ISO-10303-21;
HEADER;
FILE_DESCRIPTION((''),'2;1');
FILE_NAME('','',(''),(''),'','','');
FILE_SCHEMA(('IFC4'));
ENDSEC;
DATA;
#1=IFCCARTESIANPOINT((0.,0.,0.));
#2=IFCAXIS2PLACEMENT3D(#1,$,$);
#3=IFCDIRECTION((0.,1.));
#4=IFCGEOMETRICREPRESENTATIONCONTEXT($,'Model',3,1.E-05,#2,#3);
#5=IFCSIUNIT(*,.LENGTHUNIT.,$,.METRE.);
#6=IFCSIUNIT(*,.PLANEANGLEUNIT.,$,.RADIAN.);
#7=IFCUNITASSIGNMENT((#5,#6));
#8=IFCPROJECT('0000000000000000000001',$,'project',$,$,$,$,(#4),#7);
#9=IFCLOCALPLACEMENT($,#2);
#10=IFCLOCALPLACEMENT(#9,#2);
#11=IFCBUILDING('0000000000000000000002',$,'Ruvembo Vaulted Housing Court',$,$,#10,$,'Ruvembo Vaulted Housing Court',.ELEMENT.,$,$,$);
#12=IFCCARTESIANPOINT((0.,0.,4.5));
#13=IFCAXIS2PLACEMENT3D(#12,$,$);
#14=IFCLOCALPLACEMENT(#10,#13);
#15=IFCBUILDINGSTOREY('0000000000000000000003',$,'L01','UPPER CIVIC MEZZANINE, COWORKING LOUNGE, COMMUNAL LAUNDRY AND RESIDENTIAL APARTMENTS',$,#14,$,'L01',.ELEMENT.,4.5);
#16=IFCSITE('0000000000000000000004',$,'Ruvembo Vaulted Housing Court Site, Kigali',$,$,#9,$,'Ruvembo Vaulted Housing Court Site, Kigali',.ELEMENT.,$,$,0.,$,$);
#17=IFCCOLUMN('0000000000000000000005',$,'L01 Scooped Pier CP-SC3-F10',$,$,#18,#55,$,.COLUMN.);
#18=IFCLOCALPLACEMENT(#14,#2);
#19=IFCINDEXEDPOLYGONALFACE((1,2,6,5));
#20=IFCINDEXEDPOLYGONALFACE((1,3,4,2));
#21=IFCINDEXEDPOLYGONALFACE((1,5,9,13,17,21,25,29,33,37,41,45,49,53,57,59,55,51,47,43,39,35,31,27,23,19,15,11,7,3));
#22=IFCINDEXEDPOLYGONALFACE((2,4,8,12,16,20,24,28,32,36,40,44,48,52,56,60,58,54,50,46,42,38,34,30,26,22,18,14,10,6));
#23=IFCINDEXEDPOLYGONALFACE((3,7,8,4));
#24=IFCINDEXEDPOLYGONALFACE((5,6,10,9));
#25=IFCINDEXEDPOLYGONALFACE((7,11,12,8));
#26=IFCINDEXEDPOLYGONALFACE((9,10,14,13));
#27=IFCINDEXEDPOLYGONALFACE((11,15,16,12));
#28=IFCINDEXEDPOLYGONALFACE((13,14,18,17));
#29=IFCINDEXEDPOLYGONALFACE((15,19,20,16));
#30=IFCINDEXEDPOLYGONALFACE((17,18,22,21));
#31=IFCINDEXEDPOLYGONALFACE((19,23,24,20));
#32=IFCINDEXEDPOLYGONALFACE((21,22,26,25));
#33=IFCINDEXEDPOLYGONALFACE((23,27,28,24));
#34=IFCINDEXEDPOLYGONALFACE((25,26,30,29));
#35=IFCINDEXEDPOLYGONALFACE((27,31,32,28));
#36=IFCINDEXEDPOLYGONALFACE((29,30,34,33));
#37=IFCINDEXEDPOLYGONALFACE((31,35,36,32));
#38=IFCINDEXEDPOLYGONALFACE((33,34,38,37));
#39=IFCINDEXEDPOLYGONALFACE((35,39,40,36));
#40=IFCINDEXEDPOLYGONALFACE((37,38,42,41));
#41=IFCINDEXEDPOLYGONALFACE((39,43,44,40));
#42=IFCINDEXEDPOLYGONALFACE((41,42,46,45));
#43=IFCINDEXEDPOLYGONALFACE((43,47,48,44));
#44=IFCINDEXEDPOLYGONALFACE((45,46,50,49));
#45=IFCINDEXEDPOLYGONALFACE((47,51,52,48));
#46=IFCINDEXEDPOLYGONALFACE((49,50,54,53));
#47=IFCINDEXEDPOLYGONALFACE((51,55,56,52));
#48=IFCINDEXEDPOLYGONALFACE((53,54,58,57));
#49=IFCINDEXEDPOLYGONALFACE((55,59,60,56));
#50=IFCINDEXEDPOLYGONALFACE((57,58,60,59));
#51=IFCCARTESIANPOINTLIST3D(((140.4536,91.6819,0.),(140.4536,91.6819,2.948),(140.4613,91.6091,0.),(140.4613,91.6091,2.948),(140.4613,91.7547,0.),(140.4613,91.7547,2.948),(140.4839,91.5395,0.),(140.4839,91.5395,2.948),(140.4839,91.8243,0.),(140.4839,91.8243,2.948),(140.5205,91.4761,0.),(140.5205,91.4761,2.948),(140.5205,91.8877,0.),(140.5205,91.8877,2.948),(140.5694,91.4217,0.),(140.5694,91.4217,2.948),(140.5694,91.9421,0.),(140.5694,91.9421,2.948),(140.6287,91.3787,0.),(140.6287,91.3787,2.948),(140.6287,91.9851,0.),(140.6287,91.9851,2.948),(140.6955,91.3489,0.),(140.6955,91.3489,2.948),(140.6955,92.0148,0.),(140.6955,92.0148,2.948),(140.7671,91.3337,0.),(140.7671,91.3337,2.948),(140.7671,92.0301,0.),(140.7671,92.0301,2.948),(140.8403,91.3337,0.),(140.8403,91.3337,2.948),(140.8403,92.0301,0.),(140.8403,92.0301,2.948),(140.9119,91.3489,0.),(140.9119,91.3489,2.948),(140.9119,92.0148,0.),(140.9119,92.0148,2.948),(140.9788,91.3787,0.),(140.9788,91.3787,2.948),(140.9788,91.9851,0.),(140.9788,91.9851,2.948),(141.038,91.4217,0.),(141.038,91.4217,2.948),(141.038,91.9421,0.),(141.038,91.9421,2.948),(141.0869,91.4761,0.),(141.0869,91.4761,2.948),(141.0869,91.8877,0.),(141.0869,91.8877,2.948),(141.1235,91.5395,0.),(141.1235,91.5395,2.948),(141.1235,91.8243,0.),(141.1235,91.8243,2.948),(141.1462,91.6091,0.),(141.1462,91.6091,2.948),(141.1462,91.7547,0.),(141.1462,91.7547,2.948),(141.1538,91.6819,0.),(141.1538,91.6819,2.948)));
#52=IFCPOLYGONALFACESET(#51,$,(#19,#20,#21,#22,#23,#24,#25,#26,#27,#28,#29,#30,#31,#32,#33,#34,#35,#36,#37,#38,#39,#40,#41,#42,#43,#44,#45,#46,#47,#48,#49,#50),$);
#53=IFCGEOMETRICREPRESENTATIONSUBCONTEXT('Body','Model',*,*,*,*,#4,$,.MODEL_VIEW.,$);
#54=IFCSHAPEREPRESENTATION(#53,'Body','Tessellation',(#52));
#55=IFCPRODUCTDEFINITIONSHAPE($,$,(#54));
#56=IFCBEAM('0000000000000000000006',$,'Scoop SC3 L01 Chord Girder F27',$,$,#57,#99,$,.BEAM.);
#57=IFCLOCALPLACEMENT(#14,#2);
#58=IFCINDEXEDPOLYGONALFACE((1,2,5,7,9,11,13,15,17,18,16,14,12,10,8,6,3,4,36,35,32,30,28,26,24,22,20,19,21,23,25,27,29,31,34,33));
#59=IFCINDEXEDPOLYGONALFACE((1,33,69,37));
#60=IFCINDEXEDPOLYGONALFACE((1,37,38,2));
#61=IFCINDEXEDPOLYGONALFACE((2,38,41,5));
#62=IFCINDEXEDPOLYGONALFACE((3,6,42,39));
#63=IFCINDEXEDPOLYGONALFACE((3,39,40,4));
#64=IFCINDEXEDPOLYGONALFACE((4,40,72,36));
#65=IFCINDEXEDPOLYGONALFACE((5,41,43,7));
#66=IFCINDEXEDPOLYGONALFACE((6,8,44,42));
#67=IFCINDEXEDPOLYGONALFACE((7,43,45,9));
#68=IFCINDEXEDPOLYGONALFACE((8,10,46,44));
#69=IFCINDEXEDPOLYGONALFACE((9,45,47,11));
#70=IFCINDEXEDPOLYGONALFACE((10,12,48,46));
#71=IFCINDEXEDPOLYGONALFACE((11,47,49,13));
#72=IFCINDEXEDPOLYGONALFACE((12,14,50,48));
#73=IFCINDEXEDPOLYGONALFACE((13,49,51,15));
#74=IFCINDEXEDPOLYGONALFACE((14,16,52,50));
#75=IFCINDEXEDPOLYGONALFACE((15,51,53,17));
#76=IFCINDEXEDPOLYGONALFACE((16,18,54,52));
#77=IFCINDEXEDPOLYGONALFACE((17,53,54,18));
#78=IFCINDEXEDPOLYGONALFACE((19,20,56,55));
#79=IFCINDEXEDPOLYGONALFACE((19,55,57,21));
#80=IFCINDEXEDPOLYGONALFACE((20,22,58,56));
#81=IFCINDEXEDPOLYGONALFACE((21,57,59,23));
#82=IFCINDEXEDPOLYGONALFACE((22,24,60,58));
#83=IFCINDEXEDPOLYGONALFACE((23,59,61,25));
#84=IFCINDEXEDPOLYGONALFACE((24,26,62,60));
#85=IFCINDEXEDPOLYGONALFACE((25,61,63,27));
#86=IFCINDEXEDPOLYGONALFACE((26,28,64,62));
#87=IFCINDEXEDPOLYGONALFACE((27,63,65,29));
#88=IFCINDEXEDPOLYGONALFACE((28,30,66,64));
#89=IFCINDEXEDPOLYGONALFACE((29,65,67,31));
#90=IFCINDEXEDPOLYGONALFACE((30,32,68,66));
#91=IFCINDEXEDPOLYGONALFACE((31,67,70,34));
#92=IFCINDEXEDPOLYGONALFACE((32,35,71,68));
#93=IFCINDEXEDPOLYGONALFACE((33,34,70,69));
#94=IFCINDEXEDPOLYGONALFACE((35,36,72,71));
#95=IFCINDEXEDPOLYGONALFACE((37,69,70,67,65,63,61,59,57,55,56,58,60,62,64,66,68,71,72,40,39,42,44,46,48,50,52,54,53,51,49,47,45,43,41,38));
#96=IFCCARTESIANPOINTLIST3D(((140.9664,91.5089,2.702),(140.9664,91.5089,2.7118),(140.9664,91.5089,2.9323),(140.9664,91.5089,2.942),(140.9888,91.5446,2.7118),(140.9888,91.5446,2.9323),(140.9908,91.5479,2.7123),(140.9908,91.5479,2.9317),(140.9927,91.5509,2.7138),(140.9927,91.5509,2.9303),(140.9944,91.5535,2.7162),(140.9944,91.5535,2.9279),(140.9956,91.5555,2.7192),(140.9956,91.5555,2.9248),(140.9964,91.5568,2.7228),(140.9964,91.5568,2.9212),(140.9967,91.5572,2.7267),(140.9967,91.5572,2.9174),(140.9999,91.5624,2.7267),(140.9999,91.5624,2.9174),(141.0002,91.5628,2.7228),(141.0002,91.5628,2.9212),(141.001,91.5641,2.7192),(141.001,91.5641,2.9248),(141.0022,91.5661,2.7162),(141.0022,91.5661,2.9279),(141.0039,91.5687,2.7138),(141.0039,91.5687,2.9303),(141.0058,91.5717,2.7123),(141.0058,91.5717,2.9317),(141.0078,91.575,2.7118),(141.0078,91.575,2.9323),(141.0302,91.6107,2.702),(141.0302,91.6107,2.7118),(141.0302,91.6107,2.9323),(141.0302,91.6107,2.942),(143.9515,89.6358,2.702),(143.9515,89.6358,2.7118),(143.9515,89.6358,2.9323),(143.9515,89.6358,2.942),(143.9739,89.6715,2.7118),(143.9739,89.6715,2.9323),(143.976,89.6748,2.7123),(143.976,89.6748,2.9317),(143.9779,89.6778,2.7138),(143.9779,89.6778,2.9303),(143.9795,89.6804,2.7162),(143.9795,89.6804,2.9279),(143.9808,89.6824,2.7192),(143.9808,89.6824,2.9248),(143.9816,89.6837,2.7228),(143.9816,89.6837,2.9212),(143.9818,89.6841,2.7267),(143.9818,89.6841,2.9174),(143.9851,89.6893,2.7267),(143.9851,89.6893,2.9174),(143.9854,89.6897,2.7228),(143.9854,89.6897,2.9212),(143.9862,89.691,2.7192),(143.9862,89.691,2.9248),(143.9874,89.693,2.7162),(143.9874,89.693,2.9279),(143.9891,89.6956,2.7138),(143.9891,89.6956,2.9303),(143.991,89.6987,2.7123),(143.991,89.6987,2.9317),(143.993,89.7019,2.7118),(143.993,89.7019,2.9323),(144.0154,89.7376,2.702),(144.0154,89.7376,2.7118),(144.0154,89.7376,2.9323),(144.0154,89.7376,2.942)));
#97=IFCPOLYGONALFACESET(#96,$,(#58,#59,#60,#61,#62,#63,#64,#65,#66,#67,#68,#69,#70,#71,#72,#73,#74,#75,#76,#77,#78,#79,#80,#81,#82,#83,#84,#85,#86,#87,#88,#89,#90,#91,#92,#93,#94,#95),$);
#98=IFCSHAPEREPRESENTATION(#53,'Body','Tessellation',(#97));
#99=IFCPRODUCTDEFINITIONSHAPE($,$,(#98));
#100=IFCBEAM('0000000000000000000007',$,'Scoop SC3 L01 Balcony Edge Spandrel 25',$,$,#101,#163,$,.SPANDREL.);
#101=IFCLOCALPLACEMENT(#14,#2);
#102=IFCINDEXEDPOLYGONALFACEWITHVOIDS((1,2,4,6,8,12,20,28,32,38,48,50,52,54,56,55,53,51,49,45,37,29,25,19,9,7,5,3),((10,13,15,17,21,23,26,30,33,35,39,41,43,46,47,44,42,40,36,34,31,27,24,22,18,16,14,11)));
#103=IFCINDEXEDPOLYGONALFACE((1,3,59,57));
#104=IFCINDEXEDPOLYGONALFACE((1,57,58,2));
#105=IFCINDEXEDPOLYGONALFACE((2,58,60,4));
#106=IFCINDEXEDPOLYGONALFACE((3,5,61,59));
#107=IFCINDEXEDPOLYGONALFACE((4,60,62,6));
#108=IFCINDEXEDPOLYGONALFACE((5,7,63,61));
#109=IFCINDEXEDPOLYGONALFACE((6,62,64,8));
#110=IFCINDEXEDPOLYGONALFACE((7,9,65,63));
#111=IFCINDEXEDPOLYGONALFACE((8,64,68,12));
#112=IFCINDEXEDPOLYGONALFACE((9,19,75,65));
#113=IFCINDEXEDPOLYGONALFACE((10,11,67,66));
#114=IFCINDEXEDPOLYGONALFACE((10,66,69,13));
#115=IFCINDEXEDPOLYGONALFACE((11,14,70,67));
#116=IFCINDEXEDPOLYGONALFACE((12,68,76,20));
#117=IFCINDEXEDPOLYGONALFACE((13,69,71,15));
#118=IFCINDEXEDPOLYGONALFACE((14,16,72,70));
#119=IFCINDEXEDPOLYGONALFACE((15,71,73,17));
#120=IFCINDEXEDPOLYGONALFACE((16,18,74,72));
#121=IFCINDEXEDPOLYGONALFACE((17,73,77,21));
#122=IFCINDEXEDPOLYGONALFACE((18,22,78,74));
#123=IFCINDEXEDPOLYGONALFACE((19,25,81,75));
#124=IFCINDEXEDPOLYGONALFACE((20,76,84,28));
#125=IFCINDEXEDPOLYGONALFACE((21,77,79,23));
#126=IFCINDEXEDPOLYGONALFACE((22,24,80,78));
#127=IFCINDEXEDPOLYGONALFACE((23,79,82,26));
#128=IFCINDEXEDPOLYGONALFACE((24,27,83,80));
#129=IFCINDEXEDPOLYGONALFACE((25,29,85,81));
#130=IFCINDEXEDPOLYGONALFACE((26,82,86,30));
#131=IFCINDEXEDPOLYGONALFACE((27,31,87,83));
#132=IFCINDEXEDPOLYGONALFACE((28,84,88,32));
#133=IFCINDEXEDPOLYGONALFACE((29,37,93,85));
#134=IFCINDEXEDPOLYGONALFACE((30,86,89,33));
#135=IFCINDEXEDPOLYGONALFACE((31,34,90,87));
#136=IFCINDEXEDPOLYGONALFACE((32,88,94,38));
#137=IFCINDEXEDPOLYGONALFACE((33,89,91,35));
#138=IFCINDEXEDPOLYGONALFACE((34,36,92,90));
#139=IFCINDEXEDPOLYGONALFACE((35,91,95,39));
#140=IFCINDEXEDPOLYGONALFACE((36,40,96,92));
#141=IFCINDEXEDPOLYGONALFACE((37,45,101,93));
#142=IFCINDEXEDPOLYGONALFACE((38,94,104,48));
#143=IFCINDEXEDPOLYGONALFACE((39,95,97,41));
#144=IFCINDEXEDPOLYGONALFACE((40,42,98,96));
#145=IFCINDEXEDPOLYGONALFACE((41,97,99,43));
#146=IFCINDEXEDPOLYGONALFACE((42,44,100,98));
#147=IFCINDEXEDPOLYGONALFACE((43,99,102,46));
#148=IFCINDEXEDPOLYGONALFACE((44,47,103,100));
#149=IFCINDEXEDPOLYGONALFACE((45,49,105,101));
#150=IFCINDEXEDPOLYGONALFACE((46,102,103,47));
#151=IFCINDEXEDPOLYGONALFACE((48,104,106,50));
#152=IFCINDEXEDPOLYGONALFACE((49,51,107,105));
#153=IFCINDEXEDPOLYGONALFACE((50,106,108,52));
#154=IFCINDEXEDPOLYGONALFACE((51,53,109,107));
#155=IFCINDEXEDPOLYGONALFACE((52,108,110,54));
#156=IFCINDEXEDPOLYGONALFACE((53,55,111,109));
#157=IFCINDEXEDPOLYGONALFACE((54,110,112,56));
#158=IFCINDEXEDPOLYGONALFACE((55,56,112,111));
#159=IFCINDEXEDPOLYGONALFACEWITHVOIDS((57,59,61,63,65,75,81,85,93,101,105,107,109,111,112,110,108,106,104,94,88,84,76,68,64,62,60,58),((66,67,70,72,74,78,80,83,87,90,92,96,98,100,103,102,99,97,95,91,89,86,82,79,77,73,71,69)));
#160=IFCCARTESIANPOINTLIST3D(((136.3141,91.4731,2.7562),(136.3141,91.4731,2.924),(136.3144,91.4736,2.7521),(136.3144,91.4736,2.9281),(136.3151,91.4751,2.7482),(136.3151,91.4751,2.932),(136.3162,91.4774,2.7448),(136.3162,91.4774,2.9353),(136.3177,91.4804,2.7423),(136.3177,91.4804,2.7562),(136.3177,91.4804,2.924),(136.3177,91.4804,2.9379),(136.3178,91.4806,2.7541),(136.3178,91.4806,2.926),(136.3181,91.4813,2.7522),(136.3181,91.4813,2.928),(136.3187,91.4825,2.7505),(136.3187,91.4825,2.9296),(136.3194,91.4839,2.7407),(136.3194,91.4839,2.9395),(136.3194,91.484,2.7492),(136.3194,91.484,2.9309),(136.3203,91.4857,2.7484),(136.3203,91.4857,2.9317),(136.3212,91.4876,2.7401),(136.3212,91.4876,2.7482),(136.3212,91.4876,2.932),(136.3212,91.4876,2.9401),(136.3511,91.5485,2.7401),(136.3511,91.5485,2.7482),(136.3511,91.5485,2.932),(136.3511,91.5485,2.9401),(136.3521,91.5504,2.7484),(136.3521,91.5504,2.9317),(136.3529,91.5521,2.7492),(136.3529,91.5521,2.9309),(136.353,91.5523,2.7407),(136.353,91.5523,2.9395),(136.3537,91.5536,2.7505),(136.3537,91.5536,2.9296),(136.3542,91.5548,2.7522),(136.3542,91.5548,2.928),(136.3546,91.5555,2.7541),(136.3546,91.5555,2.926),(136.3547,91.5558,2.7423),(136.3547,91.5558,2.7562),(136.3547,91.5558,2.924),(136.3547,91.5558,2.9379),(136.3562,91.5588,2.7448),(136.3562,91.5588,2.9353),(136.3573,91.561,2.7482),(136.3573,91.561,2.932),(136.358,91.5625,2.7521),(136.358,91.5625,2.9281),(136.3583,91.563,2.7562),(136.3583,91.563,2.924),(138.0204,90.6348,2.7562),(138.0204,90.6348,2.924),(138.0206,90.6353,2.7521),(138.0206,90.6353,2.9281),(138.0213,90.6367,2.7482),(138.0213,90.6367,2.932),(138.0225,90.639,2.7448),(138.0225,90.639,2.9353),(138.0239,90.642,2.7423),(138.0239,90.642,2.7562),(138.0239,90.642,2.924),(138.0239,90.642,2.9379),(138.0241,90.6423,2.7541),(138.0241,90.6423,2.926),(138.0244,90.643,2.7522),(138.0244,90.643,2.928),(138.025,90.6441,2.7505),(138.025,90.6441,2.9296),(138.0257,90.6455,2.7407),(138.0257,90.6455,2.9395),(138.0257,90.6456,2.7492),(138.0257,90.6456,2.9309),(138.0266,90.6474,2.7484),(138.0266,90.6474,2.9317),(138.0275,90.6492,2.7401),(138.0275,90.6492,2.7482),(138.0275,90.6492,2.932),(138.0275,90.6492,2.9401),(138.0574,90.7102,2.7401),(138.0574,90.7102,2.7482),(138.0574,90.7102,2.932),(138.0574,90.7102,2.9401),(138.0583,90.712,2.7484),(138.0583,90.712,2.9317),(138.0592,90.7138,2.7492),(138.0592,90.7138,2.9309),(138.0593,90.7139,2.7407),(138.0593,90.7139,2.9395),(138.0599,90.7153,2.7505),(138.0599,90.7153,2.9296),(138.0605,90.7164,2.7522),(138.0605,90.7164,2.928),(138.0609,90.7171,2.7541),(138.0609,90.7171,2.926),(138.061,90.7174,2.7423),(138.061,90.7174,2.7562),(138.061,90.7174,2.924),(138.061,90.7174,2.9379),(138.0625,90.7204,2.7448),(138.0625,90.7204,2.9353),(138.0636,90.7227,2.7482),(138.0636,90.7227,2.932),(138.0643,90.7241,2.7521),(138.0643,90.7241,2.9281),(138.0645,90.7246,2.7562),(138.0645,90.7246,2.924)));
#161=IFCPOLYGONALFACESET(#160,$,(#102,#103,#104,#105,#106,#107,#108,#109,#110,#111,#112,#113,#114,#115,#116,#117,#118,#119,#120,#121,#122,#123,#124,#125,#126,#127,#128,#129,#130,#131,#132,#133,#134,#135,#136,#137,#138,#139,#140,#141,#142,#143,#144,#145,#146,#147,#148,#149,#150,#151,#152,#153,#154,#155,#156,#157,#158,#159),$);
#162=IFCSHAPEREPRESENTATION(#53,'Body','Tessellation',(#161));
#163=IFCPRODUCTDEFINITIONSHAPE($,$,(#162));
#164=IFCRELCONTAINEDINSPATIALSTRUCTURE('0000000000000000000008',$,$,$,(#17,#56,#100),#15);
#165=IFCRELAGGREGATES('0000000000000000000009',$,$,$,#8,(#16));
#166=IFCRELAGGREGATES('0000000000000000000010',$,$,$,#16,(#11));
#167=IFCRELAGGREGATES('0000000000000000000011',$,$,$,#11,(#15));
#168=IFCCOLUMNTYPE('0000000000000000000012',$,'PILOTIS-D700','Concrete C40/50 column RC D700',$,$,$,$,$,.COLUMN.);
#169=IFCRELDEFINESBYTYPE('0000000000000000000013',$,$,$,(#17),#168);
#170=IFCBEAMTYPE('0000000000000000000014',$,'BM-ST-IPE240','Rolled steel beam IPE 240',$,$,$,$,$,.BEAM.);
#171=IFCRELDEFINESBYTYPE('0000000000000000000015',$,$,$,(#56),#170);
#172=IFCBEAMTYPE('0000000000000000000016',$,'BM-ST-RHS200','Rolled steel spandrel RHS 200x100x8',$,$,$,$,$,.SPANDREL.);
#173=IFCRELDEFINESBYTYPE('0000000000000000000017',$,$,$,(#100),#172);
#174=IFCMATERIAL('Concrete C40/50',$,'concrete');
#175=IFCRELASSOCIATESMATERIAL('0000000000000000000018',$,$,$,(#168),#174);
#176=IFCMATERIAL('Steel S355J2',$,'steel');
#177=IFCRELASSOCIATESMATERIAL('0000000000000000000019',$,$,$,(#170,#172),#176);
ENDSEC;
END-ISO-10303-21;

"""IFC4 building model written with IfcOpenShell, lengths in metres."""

from ifc_helpers import new_model, si_unit, direction, frame, origin, origin_2d, place, context, subcontext, project, spatial, hollow_rectangle, circle, i_section, extrude, material, material_profile, profile_set, type_object, element, save


model = new_model("IFC4")

# Units and contexts
model_context = context("Model", 3, precision=1e-05, world=origin(), true_north=direction((0.0, 1.0)))
body_context = subcontext(model_context, "Body", "Model", "MODEL_VIEW")
ifc_project = project(units=[si_unit("LENGTHUNIT", "METRE"), si_unit("PLANEANGLEUNIT", "RADIAN")], contexts=[model_context])

# Site, building, storey
site_placement = place(None, origin())
site = spatial("IfcSite", under=ifc_project, at=site_placement, Name="Ruvembo Vaulted Housing Court Site, Kigali", LongName="Ruvembo Vaulted Housing Court Site, Kigali", CompositionType="ELEMENT", RefElevation=0.0)
building_placement = place(site_placement, origin())
building = spatial("IfcBuilding", under=site, at=building_placement, Name="Ruvembo Vaulted Housing Court", LongName="Ruvembo Vaulted Housing Court", CompositionType="ELEMENT")
storey_placement = place(building_placement, frame((0.0, 0.0, 4.5)))
storey = spatial("IfcBuildingStorey", under=building, at=storey_placement, Name="L01", Description="UPPER CIVIC MEZZANINE, COWORKING LOUNGE, COMMUNAL LAUNDRY AND RESIDENTIAL APARTMENTS", LongName="L01", CompositionType="ELEMENT", Elevation=4.5)

# Column
ifc_material_1 = material(Name="Concrete C40/50", Category="concrete")
ifc_material_profile_1 = material_profile(ifc_material_1, circle(Radius=0.3501, at=origin_2d()), Name="RC D700")
ifc_profile_set_1 = profile_set([ifc_material_profile_1], Name="Concrete C40/50")
column_type = type_object("IfcColumnType", Name="PILOTIS-D700", Description="Concrete C40/50 column RC D700", PredefinedType="COLUMN", material=ifc_profile_set_1)
column_placement = place(storey_placement, frame((140.8037, 91.6819, 0.0), z_axis=(0.0, 0.0, 1.0), x_axis=(1.0, 0.0, 0.0)))
element("IfcColumn", 1, at=column_placement, inside=storey, type_object=column_type, Name="L01 Scooped Pier CP-SC3-F10", PredefinedType="COLUMN", context=body_context, shape_type="SweptSolid", body=[
    extrude(circle(Radius=0.3501, at=origin_2d()), origin(), (0.0, 0.0, 1.0), 2.948),
])

# Beams
ifc_material_2 = material(Name="Steel S355J2", Category="steel")
ifc_material_profile_2 = material_profile(ifc_material_2, i_section(OverallWidth=0.1201, OverallDepth=0.24, WebThickness=0.0061, FlangeThickness=0.0098, FilletRadius=0.0149, at=origin_2d()), Name="IPE 240")
ifc_profile_set_2 = profile_set([ifc_material_profile_2], Name="Steel S355J2")
beam_type_1 = type_object("IfcBeamType", Name="BM-ST-IPE240", Description="Rolled steel beam IPE 240", PredefinedType="BEAM", material=ifc_profile_set_2)
beam_placement = place(storey_placement, frame((140.9983, 91.5598, 2.822), z_axis=(0.847059, -0.531499, 0.0), x_axis=(0.531499, 0.847059, 0.0)))
element("IfcBeam", 2, at=beam_placement, inside=storey, type_object=beam_type_1, Name="Scoop SC3 L01 Chord Girder F27", PredefinedType="BEAM", context=body_context, shape_type="SweptSolid", body=[
    extrude(i_section(OverallWidth=0.1201, OverallDepth=0.24, WebThickness=0.0061, FlangeThickness=0.0098, FilletRadius=0.0149, at=origin_2d()), origin(), (0.0, 0.0, 1.0), 3.5242),
])
ifc_material_profile_3 = material_profile(ifc_material_2, hollow_rectangle(XDim=0.1001, YDim=0.2, WallThickness=0.0081, InnerFilletRadius=0.0081, OuterFilletRadius=0.0161, at=origin_2d()), Name="RHS 200x100x8")
ifc_profile_set_3 = profile_set([ifc_material_profile_3], Name="Steel S355J2")
beam_type_2 = type_object("IfcBeamType", Name="BM-ST-RHS200", Description="Rolled steel spandrel RHS 200x100x8", PredefinedType="SPANDREL", material=ifc_profile_set_3)
for number, where, z_axis, x_axis, name in (
    (3, (136.3362, 91.5181, 2.8401), (0.897513, -0.440987, 0.0), (0.440987, 0.897513, 0.0), "Scoop SC3 L01 Balcony Edge Spandrel 25"),
):
    element("IfcBeam", number, at=place(storey_placement, frame(where, z_axis=z_axis, x_axis=x_axis)), inside=storey, type_object=beam_type_2, Name=name, PredefinedType="SPANDREL", context=body_context, shape_type="SweptSolid", body=[
        extrude(hollow_rectangle(XDim=0.1001, YDim=0.2, WallThickness=0.0081, InnerFilletRadius=0.0081, OuterFilletRadius=0.0161, at=origin_2d()), origin(), (0.0, 0.0, 1.0), 1.9011),
    ])

save(model, "model.ifc")
